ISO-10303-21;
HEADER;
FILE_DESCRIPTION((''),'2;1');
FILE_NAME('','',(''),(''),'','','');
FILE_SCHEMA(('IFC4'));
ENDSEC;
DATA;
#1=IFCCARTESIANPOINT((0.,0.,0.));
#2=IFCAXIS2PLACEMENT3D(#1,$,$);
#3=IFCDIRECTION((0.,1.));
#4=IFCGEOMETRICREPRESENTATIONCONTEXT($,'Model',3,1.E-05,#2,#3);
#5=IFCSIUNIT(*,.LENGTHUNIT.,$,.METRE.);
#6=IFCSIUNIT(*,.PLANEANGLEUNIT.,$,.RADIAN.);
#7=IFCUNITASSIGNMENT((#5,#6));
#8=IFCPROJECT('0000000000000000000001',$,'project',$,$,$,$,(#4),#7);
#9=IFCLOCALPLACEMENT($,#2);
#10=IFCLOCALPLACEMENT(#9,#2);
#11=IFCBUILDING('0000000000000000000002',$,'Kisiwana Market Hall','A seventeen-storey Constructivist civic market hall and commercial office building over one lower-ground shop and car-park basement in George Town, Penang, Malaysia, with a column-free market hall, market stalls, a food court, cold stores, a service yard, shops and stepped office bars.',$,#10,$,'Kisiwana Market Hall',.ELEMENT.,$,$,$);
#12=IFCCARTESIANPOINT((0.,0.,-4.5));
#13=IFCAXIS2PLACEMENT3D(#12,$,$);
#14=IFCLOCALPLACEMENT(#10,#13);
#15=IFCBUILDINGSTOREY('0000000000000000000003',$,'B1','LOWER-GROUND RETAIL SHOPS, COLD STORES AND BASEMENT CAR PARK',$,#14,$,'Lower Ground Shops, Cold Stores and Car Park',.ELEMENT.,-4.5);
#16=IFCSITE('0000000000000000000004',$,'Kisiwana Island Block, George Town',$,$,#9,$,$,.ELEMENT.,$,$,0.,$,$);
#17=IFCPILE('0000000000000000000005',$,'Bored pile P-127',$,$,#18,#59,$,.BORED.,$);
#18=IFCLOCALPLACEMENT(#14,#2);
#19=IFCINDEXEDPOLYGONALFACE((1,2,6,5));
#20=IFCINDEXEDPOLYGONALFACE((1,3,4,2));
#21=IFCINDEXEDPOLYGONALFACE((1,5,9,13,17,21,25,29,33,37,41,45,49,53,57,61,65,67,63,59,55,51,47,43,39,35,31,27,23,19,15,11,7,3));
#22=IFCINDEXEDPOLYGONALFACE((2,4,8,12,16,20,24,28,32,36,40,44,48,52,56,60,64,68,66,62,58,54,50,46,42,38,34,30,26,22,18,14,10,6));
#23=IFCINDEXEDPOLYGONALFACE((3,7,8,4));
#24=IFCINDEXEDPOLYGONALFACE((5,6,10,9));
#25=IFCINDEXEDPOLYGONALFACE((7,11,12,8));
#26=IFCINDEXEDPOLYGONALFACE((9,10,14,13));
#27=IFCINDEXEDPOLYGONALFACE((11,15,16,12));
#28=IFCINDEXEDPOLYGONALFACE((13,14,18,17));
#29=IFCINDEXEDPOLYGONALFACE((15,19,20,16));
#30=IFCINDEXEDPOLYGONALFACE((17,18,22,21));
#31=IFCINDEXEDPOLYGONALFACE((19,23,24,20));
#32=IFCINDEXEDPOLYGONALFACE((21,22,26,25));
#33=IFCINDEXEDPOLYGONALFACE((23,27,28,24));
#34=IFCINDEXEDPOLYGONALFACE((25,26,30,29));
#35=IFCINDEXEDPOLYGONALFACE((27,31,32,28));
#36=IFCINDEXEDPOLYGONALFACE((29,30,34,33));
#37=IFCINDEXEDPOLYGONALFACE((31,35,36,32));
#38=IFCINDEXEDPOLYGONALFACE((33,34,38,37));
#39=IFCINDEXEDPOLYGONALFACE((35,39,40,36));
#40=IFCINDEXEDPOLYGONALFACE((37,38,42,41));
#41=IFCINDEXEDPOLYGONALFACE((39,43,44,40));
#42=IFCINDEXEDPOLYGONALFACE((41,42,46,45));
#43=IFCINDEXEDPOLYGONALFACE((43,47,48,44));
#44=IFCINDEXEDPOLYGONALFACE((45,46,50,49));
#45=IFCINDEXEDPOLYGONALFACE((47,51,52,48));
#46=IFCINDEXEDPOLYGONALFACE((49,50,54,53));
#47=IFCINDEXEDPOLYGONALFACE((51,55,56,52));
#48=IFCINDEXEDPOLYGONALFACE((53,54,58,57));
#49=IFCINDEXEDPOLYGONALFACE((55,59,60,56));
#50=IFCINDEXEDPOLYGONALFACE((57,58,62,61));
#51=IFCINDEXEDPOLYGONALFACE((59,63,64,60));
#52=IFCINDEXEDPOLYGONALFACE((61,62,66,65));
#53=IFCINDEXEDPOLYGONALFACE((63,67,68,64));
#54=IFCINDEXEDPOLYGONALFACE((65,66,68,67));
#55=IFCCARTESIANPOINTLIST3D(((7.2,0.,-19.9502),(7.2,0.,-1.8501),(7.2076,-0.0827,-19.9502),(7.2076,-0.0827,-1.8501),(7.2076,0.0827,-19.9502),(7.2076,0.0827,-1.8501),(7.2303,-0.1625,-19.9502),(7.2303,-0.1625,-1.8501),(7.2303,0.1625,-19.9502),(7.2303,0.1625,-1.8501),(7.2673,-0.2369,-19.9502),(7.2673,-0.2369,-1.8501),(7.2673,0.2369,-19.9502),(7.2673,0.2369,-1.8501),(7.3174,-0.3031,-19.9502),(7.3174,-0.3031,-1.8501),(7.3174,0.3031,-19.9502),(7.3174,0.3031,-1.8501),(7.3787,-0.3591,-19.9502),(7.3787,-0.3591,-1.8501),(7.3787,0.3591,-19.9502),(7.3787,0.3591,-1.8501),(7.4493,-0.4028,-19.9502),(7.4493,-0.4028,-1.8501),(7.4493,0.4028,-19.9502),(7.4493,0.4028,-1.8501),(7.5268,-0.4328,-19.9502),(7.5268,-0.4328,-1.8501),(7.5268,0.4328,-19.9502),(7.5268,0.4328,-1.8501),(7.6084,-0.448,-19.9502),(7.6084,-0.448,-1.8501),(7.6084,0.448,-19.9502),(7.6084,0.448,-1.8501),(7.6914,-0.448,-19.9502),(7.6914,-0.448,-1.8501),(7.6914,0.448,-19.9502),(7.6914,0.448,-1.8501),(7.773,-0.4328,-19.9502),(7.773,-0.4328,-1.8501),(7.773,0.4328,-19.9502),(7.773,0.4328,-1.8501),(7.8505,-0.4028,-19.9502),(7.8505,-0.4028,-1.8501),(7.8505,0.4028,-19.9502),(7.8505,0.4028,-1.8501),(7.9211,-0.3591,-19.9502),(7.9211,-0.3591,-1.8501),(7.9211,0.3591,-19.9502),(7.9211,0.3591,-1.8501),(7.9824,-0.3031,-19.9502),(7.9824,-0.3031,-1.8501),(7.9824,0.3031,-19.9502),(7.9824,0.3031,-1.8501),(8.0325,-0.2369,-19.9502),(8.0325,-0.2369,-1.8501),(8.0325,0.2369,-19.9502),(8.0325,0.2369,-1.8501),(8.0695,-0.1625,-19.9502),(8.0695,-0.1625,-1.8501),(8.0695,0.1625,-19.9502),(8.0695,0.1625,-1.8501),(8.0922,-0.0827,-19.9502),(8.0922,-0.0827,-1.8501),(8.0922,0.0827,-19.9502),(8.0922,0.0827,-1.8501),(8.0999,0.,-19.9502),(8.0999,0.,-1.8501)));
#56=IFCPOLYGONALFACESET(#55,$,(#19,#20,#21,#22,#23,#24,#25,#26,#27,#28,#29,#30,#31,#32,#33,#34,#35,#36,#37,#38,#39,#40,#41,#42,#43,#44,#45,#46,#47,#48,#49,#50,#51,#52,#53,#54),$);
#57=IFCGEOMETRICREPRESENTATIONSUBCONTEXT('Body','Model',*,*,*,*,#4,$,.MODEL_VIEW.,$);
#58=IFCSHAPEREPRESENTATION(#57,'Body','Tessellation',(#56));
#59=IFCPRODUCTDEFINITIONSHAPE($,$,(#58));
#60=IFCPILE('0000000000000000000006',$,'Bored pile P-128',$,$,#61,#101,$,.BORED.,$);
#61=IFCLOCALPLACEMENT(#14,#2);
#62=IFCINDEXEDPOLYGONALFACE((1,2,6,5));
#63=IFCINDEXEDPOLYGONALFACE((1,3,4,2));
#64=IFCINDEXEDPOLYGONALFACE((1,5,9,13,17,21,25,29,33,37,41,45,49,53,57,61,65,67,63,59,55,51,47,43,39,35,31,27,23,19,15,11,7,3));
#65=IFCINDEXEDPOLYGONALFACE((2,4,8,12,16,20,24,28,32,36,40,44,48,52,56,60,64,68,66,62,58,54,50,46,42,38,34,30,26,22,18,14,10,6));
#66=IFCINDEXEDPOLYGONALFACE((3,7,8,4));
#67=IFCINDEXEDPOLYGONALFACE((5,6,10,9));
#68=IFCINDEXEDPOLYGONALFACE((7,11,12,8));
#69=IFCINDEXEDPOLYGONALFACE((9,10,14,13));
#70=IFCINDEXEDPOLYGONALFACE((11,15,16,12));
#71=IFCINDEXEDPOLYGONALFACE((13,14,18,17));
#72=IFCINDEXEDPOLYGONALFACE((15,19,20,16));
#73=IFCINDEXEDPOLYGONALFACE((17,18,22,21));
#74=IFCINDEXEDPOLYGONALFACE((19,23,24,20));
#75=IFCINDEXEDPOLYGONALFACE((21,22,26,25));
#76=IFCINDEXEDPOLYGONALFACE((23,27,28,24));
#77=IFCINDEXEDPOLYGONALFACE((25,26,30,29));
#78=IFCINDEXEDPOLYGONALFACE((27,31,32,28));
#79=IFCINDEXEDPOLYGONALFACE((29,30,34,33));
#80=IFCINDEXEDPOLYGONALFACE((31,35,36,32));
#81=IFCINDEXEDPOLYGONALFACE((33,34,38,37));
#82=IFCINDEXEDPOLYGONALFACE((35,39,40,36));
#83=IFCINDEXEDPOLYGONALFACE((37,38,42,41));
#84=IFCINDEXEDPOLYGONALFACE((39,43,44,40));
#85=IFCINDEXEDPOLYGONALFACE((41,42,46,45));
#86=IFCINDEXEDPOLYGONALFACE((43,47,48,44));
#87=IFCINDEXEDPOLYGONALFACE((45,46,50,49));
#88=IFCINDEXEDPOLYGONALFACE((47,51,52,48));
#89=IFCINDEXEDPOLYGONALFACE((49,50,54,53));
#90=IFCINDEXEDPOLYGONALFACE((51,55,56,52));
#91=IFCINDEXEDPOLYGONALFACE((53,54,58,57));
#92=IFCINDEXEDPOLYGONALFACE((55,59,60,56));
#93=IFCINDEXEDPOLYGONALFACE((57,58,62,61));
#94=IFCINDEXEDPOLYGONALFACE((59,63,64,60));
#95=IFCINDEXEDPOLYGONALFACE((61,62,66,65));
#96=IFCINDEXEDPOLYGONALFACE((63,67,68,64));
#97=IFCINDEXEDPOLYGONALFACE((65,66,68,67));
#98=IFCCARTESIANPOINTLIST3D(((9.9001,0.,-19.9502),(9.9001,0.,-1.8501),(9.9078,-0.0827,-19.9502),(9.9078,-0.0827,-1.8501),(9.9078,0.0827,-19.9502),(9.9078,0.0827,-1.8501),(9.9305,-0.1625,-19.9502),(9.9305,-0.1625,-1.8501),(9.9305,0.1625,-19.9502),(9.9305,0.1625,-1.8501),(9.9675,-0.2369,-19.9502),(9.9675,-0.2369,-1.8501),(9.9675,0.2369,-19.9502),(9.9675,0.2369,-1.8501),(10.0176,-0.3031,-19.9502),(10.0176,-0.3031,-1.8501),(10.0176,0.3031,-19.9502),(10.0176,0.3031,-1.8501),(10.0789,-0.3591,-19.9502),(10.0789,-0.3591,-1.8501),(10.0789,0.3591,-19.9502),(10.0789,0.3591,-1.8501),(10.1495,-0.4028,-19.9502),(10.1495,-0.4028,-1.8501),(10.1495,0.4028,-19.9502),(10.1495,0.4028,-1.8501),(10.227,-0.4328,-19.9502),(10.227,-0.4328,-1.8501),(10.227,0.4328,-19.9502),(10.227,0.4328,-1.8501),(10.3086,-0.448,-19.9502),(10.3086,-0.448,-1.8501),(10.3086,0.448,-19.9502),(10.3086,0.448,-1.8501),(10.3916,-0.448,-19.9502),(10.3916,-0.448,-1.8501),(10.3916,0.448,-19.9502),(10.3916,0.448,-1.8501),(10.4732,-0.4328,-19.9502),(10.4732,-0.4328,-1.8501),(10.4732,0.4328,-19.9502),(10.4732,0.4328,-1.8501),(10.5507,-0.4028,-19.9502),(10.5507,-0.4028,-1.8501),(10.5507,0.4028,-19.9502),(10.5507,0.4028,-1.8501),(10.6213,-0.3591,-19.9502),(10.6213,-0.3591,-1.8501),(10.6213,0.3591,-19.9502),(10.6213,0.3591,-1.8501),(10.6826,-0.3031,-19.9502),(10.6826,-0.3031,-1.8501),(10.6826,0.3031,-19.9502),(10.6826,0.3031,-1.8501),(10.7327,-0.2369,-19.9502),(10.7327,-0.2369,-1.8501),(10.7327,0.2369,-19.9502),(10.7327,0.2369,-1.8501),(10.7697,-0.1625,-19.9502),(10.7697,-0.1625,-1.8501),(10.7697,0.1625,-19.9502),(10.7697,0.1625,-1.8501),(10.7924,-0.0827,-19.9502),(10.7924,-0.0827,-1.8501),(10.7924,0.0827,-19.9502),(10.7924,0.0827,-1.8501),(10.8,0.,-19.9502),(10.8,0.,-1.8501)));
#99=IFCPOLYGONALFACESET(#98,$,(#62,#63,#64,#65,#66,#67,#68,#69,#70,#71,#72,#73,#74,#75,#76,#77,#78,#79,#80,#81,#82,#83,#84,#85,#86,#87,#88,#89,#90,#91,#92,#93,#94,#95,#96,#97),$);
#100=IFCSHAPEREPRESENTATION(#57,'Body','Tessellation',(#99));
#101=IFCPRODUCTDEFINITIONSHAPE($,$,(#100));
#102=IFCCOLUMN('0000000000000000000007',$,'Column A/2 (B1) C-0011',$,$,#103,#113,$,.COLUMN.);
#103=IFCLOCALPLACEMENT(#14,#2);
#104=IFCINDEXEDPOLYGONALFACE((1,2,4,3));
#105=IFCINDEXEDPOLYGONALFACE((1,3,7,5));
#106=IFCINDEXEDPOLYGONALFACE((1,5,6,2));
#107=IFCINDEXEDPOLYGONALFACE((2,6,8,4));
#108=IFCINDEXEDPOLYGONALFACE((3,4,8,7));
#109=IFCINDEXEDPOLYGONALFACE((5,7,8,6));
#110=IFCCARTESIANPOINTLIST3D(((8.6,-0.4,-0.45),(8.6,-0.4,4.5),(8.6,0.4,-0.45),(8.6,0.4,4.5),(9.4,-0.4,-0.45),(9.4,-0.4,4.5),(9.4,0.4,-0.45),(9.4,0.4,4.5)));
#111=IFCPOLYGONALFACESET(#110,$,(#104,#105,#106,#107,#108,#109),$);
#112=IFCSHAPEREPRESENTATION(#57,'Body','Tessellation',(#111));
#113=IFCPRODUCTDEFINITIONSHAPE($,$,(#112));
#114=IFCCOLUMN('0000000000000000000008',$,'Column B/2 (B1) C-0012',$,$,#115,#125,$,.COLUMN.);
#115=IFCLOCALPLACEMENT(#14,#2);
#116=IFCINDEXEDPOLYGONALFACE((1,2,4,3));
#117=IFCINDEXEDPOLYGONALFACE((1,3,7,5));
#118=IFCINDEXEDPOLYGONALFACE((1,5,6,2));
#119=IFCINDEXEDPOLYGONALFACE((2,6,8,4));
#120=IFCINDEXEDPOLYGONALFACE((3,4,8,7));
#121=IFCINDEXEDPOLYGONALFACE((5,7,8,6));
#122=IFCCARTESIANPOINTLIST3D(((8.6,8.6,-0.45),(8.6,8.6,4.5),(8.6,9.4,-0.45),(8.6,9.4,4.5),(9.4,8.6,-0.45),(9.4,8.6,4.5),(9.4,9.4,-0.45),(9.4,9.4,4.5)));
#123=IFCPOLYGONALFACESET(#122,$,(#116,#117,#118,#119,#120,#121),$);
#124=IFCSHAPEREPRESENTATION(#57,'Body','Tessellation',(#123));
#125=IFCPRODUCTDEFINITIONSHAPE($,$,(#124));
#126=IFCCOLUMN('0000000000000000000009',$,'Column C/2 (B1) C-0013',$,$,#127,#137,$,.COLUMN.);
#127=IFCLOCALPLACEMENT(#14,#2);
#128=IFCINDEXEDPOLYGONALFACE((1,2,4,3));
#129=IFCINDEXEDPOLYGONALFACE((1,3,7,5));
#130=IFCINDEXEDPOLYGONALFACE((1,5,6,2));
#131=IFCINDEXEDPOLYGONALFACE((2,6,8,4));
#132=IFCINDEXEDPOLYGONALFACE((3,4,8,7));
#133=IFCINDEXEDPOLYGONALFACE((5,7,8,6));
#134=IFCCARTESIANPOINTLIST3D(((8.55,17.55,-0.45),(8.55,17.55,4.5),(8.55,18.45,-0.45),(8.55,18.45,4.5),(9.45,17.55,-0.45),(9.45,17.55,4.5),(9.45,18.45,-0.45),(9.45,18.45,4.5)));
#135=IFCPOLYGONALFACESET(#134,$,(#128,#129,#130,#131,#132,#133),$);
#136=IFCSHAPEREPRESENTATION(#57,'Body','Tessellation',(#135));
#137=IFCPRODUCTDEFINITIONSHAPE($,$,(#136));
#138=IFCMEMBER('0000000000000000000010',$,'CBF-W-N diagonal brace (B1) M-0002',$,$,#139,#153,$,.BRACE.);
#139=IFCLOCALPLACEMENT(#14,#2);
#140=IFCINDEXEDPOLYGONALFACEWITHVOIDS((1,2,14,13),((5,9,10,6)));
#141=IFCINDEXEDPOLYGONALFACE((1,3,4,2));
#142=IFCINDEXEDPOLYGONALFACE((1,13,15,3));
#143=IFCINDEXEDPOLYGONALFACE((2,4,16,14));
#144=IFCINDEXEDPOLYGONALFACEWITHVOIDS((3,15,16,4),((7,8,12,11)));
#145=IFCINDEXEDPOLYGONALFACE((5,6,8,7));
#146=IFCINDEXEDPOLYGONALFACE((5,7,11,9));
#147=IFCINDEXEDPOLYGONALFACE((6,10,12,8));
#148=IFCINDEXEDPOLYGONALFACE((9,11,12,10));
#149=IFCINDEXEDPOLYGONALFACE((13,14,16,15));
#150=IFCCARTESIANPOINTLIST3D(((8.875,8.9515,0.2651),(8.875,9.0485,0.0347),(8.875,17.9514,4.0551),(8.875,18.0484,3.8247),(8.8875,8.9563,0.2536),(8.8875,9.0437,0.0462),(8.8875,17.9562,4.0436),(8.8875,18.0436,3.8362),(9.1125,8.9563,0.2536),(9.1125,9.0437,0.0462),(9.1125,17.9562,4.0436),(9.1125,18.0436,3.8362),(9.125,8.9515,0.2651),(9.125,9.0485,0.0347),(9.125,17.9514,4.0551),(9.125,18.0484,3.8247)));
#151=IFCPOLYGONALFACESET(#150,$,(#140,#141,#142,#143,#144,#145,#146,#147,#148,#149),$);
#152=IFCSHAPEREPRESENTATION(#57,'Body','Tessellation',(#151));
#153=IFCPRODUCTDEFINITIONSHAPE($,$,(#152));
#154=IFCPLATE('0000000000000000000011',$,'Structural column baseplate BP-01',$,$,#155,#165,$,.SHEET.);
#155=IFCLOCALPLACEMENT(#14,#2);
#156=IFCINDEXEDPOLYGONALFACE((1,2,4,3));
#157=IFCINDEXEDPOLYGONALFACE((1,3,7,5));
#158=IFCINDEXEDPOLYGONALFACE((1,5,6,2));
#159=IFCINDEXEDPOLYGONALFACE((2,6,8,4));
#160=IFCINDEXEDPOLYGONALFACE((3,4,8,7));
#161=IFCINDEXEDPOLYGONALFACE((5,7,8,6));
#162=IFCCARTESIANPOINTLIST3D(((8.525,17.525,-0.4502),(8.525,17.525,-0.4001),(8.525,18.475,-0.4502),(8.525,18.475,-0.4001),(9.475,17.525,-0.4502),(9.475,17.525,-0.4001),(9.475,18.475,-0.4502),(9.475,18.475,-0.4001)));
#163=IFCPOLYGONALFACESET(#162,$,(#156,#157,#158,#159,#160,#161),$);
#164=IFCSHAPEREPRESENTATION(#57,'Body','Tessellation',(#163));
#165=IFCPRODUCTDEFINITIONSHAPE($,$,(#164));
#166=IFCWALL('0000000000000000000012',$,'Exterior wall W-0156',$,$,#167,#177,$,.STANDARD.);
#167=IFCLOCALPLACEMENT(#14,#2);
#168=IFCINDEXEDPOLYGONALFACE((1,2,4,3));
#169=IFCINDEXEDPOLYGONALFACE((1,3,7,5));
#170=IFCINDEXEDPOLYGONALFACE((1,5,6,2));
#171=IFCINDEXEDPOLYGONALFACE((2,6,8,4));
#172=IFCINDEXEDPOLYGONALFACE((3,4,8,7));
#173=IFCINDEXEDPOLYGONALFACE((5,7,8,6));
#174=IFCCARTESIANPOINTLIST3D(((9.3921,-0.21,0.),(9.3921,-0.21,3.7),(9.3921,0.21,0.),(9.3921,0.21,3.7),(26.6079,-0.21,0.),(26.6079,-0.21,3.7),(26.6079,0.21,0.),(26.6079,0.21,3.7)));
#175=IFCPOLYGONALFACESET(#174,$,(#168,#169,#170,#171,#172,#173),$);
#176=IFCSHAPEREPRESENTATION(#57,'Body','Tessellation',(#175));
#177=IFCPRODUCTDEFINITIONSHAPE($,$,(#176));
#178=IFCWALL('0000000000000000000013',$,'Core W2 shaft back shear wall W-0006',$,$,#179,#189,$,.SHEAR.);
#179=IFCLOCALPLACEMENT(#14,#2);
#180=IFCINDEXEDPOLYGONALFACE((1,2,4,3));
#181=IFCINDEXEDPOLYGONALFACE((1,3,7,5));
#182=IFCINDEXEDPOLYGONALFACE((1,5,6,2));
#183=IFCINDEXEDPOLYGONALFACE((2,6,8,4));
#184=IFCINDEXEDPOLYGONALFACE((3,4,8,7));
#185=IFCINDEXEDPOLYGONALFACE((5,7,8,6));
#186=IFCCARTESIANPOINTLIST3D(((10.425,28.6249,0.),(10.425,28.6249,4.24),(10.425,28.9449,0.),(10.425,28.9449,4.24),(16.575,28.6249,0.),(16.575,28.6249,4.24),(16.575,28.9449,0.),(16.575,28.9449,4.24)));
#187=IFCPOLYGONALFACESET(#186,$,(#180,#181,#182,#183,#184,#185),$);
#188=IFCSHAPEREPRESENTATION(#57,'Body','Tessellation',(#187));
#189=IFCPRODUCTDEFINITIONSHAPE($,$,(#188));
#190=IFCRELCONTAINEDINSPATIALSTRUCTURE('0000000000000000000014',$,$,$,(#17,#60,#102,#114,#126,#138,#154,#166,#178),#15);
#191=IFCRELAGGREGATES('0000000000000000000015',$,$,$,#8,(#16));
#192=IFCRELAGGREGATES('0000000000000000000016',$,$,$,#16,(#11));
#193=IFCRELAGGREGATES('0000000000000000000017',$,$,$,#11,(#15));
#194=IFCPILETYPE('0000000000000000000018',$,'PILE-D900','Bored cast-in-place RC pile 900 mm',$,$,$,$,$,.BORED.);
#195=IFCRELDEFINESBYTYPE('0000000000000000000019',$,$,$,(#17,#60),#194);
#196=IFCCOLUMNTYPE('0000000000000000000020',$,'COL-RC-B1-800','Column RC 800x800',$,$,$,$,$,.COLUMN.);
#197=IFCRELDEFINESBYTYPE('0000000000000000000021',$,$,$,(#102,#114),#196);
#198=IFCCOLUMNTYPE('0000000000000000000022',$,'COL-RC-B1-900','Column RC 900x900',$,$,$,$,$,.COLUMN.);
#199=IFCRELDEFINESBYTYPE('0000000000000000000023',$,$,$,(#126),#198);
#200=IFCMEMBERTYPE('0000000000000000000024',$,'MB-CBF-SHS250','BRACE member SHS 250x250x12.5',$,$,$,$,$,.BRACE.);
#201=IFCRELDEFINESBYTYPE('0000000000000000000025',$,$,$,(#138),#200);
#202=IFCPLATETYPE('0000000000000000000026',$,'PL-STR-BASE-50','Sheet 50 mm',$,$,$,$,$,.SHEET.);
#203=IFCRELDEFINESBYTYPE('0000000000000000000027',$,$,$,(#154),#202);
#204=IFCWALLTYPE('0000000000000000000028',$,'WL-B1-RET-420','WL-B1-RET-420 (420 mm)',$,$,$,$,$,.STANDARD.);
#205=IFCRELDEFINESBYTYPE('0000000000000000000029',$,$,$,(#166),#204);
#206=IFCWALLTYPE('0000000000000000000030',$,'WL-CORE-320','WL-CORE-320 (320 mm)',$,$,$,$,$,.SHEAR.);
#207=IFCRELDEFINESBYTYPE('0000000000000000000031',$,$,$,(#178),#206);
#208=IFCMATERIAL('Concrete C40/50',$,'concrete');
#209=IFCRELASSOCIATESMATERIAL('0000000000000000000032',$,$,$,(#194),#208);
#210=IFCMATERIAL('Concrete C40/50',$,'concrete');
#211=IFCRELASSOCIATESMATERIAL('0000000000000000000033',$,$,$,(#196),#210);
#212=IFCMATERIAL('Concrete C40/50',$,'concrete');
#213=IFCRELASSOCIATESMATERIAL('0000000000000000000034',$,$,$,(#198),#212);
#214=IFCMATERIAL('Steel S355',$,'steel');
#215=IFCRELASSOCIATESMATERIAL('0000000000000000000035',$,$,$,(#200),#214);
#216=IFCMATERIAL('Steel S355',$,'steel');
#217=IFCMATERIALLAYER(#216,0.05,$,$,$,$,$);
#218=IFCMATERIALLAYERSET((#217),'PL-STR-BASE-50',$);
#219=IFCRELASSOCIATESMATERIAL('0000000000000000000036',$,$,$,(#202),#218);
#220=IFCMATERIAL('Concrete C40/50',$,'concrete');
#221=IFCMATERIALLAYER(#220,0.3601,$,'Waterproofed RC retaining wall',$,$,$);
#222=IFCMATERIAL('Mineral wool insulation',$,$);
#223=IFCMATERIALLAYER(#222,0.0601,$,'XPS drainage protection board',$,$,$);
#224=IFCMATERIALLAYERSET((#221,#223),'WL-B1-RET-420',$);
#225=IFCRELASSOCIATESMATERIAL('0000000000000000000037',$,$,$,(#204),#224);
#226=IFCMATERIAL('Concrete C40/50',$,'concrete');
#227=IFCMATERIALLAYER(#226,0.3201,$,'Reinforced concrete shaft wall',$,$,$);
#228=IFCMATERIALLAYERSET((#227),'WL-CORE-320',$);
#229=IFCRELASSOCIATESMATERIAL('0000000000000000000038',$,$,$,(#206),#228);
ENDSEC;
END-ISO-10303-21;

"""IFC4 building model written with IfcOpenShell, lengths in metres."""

from ifc_helpers import new_model, si_unit, direction, frame, frame_2d, origin, origin_2d, place, context, subcontext, project, spatial, rectangle, hollow_rectangle, circle, extrude, material, layer, layer_set, material_profile, profile_set, type_object, element, save


model = new_model("IFC4")

# Units and contexts
model_context = context("Model", 3, precision=1e-05, world=origin(), true_north=direction((0.0, 1.0)))
body_context = subcontext(model_context, "Body", "Model", "MODEL_VIEW")
ifc_project = project(units=[si_unit("LENGTHUNIT", "METRE"), si_unit("PLANEANGLEUNIT", "RADIAN")], contexts=[model_context])

# Site, building, storey
site_placement = place(None, origin())
site = spatial("IfcSite", under=ifc_project, at=site_placement, Name="Kisiwana Island Block, George Town", CompositionType="ELEMENT", RefElevation=0.0)
building_placement = place(site_placement, origin())
building = spatial("IfcBuilding", under=site, at=building_placement, Name="Kisiwana Market Hall", Description="A seventeen-storey Constructivist civic market hall and commercial office building over one lower-ground shop and car-park basement in George Town, Penang, Malaysia, with a column-free market hall, market stalls, a food court, cold stores, a service yard, shops and stepped office bars.", LongName="Kisiwana Market Hall", CompositionType="ELEMENT")
storey_placement = place(building_placement, frame((0.0, 0.0, -4.5)))
storey = spatial("IfcBuildingStorey", under=building, at=storey_placement, Name="B1", Description="LOWER-GROUND RETAIL SHOPS, COLD STORES AND BASEMENT CAR PARK", LongName="Lower Ground Shops, Cold Stores and Car Park", CompositionType="ELEMENT", Elevation=-4.5)

# Piles
ifc_material_1 = material(Name="Concrete C40/50", Category="concrete")
ifc_material_profile_1 = material_profile(ifc_material_1, circle(Radius=0.45, at=origin_2d()), Name="BP D900")
ifc_profile_set_1 = profile_set([ifc_material_profile_1], Name="Concrete C40/50")
pile_type_1 = type_object("IfcPileType", Name="PILE-D900", Description="Bored cast-in-place RC pile 900 mm", PredefinedType="BORED", material=ifc_profile_set_1)
for number, where, z_axis, x_axis, name in (
    (1, (7.6499, 0.0, -1.8501), (0.0, 0.0, -1.0), (1.0, 0.0, 0.0), "Bored pile P-127"),
    (2, (10.3501, 0.0, -1.8501), (0.0, 0.0, -1.0), (1.0, 0.0, 0.0), "Bored pile P-128"),
):
    element("IfcPile", number, at=place(storey_placement, frame(where, z_axis=z_axis, x_axis=x_axis)), inside=storey, type_object=pile_type_1, Name=name, PredefinedType="BORED", context=body_context, shape_type="SweptSolid", body=[
        extrude(circle(Radius=0.45, at=origin_2d()), origin(), (0.0, 0.0, 1.0), 18.1001),
    ])

# Columns
ifc_material_2 = material(Name="Concrete C40/50", Category="concrete")
ifc_material_profile_2 = material_profile(ifc_material_2, rectangle(XDim=0.8, YDim=0.8, at=origin_2d()), Name="RC 800x800")
ifc_profile_set_2 = profile_set([ifc_material_profile_2], Name="Concrete C40/50")
column_type_1 = type_object("IfcColumnType", Name="COL-RC-B1-800", Description="Column RC 800x800", PredefinedType="COLUMN", material=ifc_profile_set_2)
for number, where, z_axis, x_axis, name in (
    (3, (9.0, 0.0, -0.45), (0.0, 0.0, 1.0), (1.0, 0.0, 0.0), "Column A/2 (B1) C-0011"),
    (4, (9.0, 9.0, -0.45), (0.0, 0.0, 1.0), (1.0, 0.0, 0.0), "Column B/2 (B1) C-0012"),
):
    element("IfcColumn", number, at=place(storey_placement, frame(where, z_axis=z_axis, x_axis=x_axis)), inside=storey, type_object=column_type_1, Name=name, PredefinedType="COLUMN", context=body_context, shape_type="SweptSolid", body=[
        extrude(rectangle(XDim=0.8, YDim=0.8, at=origin_2d()), origin(), (0.0, 0.0, 1.0), 4.95),
    ])
ifc_material_3 = material(Name="Concrete C40/50", Category="concrete")
ifc_material_profile_3 = material_profile(ifc_material_3, rectangle(XDim=0.8999, YDim=0.8999, at=origin_2d()), Name="RC 900x900")
ifc_profile_set_3 = profile_set([ifc_material_profile_3], Name="Concrete C40/50")
column_type_2 = type_object("IfcColumnType", Name="COL-RC-B1-900", Description="Column RC 900x900", PredefinedType="COLUMN", material=ifc_profile_set_3)
column_placement = place(storey_placement, frame((9.0, 18.0, -0.45), z_axis=(0.0, 0.0, 1.0), x_axis=(1.0, 0.0, 0.0)))
element("IfcColumn", 5, at=column_placement, inside=storey, type_object=column_type_2, Name="Column C/2 (B1) C-0013", PredefinedType="COLUMN", context=body_context, shape_type="SweptSolid", body=[
    extrude(rectangle(XDim=0.8999, YDim=0.8999, at=origin_2d()), origin(), (0.0, 0.0, 1.0), 4.95),
])

# Member
ifc_material_4 = material(Name="Steel S355", Category="steel")
ifc_material_profile_4 = material_profile(ifc_material_4, hollow_rectangle(XDim=0.25, YDim=0.25, WallThickness=0.0125, at=origin_2d()), Name="SHS 250x250x12.5")
ifc_profile_set_4 = profile_set([ifc_material_profile_4], Name="Steel S355")
member_type = type_object("IfcMemberType", Name="MB-CBF-SHS250", Description="BRACE member SHS 250x250x12.5", PredefinedType="BRACE", material=ifc_profile_set_4)
member_placement = place(storey_placement, frame((9.0, 9.0, 0.1499), z_axis=(0.0, 0.921615, 0.388106), x_axis=(-1.0, 0.0, 0.0)))
element("IfcMember", 6, at=member_placement, inside=storey, type_object=member_type, Name="CBF-W-N diagonal brace (B1) M-0002", PredefinedType="BRACE", context=body_context, shape_type="SweptSolid", body=[
    extrude(hollow_rectangle(XDim=0.25, YDim=0.25, WallThickness=0.0125, at=origin_2d()), origin(), (0.0, 0.0, 1.0), 9.7654),
])

# Plate
ifc_material_5 = material(Name="Steel S355", Category="steel")
ifc_layer_1 = layer(ifc_material_5, 0.05)
ifc_layer_set_1 = layer_set([ifc_layer_1], Name="PL-STR-BASE-50")
plate_type = type_object("IfcPlateType", Name="PL-STR-BASE-50", Description="Sheet 50 mm", PredefinedType="SHEET", material=ifc_layer_set_1)
plate_placement = place(storey_placement, frame((9.0, 18.0, -0.4502), z_axis=(0.0, 0.0, 1.0), x_axis=(1.0, 0.0, 0.0)))
element("IfcPlate", 7, at=plate_placement, inside=storey, type_object=plate_type, Name="Structural column baseplate BP-01", PredefinedType="SHEET", context=body_context, shape_type="SweptSolid", body=[
    extrude(rectangle(XDim=0.95, YDim=0.95, at=origin_2d()), origin(), (0.0, 0.0, 1.0), 0.05),
])

# Walls
ifc_material_6 = material(Name="Concrete C40/50", Category="concrete")
ifc_layer_2 = layer(ifc_material_6, 0.3601, Name="Waterproofed RC retaining wall")
ifc_material_7 = material(Name="Mineral wool insulation")
ifc_layer_3 = layer(ifc_material_7, 0.0601, Name="XPS drainage protection board")
ifc_layer_set_2 = layer_set([ifc_layer_2, ifc_layer_3], Name="WL-B1-RET-420")
wall_type_1 = type_object("IfcWallType", Name="WL-B1-RET-420", Description="WL-B1-RET-420 (420 mm)", PredefinedType="STANDARD", material=ifc_layer_set_2)
wall_1_placement = place(storey_placement, frame((9.3921, 0.0, 0.0), z_axis=(0.0, 0.0, 1.0), x_axis=(1.0, 0.0, 0.0)))
element("IfcWall", 8, at=wall_1_placement, inside=storey, type_object=wall_type_1, Name="Exterior wall W-0156", PredefinedType="STANDARD", context=body_context, shape_type="SweptSolid", body=[
    extrude(rectangle(XDim=17.2158, YDim=0.4199, at=frame_2d((8.6079, 0.0))), origin(), (0.0, 0.0, 1.0), 3.7),
])
ifc_material_8 = material(Name="Concrete C40/50", Category="concrete")
ifc_layer_4 = layer(ifc_material_8, 0.3201, Name="Reinforced concrete shaft wall")
ifc_layer_set_3 = layer_set([ifc_layer_4], Name="WL-CORE-320")
wall_type_2 = type_object("IfcWallType", Name="WL-CORE-320", Description="WL-CORE-320 (320 mm)", PredefinedType="SHEAR", material=ifc_layer_set_3)
wall_2_placement = place(storey_placement, frame((10.425, 28.7849, 0.0), z_axis=(0.0, 0.0, 1.0), x_axis=(1.0, 0.0, 0.0)))
element("IfcWall", 9, at=wall_2_placement, inside=storey, type_object=wall_type_2, Name="Core W2 shaft back shear wall W-0006", PredefinedType="SHEAR", context=body_context, shape_type="SweptSolid", body=[
    extrude(rectangle(XDim=6.1499, YDim=0.3201, at=frame_2d((3.075, 0.0))), origin(), (0.0, 0.0, 1.0), 4.24),
])

save(model, "model.ifc")
